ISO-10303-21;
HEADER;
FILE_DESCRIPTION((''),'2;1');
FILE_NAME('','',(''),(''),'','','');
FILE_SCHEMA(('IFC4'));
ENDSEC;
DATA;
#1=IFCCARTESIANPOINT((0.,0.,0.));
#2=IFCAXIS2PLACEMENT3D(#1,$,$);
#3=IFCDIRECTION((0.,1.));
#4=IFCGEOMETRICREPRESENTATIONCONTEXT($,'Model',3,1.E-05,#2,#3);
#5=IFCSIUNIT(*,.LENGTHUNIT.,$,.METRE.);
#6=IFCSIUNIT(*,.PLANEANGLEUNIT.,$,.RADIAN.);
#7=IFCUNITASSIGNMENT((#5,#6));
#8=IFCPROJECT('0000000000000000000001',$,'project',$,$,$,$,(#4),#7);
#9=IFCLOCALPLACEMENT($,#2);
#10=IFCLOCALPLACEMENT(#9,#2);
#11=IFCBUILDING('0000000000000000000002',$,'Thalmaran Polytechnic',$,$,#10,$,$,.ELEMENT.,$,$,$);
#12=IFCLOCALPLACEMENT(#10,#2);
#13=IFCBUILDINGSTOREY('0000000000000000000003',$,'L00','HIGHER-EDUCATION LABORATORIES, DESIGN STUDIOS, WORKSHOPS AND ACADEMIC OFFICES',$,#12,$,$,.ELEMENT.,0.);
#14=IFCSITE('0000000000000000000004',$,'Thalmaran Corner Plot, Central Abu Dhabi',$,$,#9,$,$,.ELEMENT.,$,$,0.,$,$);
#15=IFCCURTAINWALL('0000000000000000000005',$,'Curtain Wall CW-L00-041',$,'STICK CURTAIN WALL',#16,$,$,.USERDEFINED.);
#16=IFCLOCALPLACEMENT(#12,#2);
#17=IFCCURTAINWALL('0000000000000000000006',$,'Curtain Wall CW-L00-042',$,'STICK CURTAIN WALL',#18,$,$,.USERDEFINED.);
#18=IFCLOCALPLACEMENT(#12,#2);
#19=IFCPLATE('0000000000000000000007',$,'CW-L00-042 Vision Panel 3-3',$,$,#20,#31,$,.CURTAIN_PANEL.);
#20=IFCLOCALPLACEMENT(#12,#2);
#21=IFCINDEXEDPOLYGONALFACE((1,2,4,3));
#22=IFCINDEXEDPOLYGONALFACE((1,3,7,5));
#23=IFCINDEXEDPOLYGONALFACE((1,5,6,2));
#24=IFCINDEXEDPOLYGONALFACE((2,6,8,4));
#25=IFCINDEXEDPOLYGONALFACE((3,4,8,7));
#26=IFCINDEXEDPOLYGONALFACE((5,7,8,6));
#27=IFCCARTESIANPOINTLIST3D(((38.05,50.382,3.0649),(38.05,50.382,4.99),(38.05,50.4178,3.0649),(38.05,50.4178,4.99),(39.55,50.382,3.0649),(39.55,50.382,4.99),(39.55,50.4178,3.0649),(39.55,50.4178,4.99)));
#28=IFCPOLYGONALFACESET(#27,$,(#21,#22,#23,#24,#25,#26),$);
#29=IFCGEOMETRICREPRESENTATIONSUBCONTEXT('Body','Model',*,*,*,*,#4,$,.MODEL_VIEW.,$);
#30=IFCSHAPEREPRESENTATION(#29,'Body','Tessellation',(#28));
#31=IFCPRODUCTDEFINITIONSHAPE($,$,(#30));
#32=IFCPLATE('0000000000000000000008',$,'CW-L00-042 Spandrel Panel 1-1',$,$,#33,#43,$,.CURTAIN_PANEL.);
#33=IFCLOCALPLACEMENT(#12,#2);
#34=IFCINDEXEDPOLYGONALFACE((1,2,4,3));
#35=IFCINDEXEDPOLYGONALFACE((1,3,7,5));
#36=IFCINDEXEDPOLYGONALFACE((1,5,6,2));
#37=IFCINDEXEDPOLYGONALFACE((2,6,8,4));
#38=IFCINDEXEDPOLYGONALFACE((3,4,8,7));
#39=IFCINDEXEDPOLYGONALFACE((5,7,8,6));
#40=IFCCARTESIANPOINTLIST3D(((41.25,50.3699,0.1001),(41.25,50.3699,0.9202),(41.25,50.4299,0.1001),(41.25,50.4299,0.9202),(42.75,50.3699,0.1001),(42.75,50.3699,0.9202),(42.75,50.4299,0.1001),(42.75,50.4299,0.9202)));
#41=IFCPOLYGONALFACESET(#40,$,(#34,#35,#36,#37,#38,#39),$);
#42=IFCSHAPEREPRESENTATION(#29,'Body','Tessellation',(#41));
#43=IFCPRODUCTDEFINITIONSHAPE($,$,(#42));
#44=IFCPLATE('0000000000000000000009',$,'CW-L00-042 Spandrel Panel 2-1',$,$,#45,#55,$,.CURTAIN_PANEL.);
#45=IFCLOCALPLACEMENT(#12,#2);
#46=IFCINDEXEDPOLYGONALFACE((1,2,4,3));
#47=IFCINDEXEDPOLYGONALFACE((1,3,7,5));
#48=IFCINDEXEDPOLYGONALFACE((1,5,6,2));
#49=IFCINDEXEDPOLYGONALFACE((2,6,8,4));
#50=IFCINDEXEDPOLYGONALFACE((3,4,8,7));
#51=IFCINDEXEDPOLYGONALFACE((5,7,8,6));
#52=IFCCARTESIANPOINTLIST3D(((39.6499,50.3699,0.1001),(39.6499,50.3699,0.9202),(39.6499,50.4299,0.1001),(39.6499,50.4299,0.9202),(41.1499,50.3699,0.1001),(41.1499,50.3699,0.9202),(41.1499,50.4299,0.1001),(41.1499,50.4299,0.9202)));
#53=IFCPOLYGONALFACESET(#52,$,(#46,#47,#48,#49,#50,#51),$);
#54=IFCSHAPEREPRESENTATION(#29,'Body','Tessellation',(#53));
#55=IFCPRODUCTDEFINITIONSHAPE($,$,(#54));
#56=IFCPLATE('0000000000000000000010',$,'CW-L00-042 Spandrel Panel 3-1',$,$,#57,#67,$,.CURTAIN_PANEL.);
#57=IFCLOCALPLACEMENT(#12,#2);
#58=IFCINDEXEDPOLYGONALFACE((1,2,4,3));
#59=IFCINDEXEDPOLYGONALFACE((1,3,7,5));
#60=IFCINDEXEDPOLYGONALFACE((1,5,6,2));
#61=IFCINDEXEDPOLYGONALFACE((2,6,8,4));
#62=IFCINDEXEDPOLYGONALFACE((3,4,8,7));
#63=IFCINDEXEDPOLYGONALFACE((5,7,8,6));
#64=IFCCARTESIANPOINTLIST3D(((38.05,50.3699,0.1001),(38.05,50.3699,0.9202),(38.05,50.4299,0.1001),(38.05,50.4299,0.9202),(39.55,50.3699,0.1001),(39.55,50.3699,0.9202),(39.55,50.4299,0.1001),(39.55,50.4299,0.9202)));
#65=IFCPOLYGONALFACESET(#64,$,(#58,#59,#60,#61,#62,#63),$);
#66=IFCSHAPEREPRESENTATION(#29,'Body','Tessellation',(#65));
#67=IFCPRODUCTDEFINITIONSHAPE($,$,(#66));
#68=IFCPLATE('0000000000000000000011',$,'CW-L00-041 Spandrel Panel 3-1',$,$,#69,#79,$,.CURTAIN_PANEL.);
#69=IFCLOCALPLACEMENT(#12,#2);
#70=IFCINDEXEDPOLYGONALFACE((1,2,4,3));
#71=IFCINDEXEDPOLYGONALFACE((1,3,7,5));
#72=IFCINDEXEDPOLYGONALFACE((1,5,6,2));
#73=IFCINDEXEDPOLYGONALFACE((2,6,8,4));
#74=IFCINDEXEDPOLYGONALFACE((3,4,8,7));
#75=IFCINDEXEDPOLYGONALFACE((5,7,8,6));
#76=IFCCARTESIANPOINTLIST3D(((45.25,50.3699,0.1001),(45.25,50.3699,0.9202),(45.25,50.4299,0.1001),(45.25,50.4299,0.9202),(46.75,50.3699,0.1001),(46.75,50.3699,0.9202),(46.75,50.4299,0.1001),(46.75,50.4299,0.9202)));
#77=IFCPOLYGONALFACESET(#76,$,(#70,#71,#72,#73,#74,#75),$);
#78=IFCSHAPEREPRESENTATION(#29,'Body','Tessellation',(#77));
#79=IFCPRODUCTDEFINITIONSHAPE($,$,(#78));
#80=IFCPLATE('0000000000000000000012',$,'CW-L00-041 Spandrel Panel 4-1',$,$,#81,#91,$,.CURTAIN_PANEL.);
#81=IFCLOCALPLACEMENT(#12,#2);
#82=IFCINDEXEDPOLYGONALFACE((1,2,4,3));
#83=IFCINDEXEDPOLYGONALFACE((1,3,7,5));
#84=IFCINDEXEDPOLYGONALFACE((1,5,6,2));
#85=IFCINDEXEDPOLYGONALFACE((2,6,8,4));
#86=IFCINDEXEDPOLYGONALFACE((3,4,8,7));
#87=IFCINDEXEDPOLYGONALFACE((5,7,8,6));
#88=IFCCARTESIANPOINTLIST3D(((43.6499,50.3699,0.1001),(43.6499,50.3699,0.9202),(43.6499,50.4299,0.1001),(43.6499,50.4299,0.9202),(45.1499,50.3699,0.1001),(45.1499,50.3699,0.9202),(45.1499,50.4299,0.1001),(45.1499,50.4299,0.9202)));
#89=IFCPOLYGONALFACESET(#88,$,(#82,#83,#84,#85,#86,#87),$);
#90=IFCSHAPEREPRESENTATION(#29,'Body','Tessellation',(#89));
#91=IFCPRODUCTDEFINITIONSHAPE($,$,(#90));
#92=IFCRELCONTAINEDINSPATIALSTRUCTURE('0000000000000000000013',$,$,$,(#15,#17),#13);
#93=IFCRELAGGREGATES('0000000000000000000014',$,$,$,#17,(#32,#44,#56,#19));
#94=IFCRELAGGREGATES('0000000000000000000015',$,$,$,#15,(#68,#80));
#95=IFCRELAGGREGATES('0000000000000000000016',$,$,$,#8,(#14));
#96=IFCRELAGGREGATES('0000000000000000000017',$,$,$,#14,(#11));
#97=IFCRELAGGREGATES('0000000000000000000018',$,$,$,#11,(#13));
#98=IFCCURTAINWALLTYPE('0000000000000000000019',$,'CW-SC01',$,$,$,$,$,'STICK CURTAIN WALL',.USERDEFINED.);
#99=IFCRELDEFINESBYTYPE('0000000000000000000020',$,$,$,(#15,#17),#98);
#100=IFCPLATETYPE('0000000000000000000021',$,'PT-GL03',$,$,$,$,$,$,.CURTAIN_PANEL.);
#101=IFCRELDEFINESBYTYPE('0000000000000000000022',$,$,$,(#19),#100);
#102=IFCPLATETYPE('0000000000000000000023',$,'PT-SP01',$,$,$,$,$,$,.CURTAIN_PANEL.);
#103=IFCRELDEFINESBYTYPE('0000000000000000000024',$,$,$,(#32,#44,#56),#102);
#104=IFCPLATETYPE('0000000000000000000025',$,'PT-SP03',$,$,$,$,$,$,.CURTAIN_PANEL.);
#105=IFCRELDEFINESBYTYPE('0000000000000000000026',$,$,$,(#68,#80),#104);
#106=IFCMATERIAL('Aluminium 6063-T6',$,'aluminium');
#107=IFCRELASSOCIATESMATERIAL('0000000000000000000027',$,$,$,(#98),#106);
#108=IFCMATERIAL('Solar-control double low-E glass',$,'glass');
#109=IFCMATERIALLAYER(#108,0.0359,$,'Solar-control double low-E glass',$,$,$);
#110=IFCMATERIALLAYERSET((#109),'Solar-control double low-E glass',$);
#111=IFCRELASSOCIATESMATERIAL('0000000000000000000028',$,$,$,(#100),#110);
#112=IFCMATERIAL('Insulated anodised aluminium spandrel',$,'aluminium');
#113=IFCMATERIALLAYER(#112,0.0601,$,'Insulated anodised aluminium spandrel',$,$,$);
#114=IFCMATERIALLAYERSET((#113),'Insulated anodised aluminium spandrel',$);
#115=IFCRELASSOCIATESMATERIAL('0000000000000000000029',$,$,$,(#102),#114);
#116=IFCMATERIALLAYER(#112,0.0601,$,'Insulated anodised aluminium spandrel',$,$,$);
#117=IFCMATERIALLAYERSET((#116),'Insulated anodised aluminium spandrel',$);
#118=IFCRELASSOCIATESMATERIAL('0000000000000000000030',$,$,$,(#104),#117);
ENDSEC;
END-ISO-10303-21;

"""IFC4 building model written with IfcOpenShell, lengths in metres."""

from ifc_helpers import new_model, si_unit, direction, frame, origin, origin_2d, place, context, subcontext, project, spatial, rectangle, extrude, material, layer, layer_set, type_object, element, aggregate, save


model = new_model("IFC4")

# Units and contexts
model_context = context("Model", 3, precision=1e-05, world=origin(), true_north=direction((0.0, 1.0)))
body_context = subcontext(model_context, "Body", "Model", "MODEL_VIEW")
ifc_project = project(units=[si_unit("LENGTHUNIT", "METRE"), si_unit("PLANEANGLEUNIT", "RADIAN")], contexts=[model_context])

# Site, building, storey
site_placement = place(None, origin())
site = spatial("IfcSite", under=ifc_project, at=site_placement, Name="Thalmaran Corner Plot, Central Abu Dhabi", CompositionType="ELEMENT", RefElevation=0.0)
building_placement = place(site_placement, origin())
building = spatial("IfcBuilding", under=site, at=building_placement, Name="Thalmaran Polytechnic", CompositionType="ELEMENT")
storey_placement = place(building_placement, origin())
storey = spatial("IfcBuildingStorey", under=building, at=storey_placement, Name="L00", Description="HIGHER-EDUCATION LABORATORIES, DESIGN STUDIOS, WORKSHOPS AND ACADEMIC OFFICES", CompositionType="ELEMENT", Elevation=0.0)

# Curtain walls
ifc_material_1 = material(Name="Aluminium 6063-T6", Category="aluminium")
curtain_wall_type = type_object("IfcCurtainWallType", Name="CW-SC01", ElementType="STICK CURTAIN WALL", PredefinedType="USERDEFINED", material=ifc_material_1)
curtain_wall_1_placement = place(storey_placement, origin())
curtain_wall_1 = element("IfcCurtainWall", 1, at=curtain_wall_1_placement, inside=storey, type_object=curtain_wall_type, Name="Curtain Wall CW-L00-041", ObjectType="STICK CURTAIN WALL", PredefinedType="USERDEFINED")
curtain_wall_2_placement = place(storey_placement, origin())
curtain_wall_2 = element("IfcCurtainWall", 2, at=curtain_wall_2_placement, inside=storey, type_object=curtain_wall_type, Name="Curtain Wall CW-L00-042", ObjectType="STICK CURTAIN WALL", PredefinedType="USERDEFINED")

# Plates
ifc_material_2 = material(Name="Solar-control double low-E glass", Category="glass")
ifc_layer_1 = layer(ifc_material_2, 0.0359, Name="Solar-control double low-E glass")
ifc_layer_set_1 = layer_set([ifc_layer_1], Name="Solar-control double low-E glass")
plate_type_1 = type_object("IfcPlateType", Name="PT-GL03", PredefinedType="CURTAIN_PANEL", material=ifc_layer_set_1)
plate_1_placement = place(storey_placement, frame((38.8, 50.3999, 3.0649), z_axis=(0.0, 0.0, 1.0), x_axis=(-1.0, 0.0, 0.0)))
plate_1 = element("IfcPlate", 3, at=plate_1_placement, type_object=plate_type_1, Name="CW-L00-042 Vision Panel 3-3", PredefinedType="CURTAIN_PANEL", context=body_context, shape_type="SweptSolid", body=[
    extrude(rectangle(XDim=1.5, YDim=0.0359, at=origin_2d()), origin(), (0.0, 0.0, 1.0), 1.925),
])
ifc_material_3 = material(Name="Insulated anodised aluminium spandrel", Category="aluminium")
ifc_layer_2 = layer(ifc_material_3, 0.0601, Name="Insulated anodised aluminium spandrel")
ifc_layer_set_2 = layer_set([ifc_layer_2], Name="Insulated anodised aluminium spandrel")
plate_type_2 = type_object("IfcPlateType", Name="PT-SP01", PredefinedType="CURTAIN_PANEL", material=ifc_layer_set_2)
plate_2_placement = place(storey_placement, frame((42.0, 50.3999, 0.1001), z_axis=(0.0, 0.0, 1.0), x_axis=(-1.0, 0.0, 0.0)))
plate_2 = element("IfcPlate", 4, at=plate_2_placement, type_object=plate_type_2, Name="CW-L00-042 Spandrel Panel 1-1", PredefinedType="CURTAIN_PANEL", context=body_context, shape_type="SweptSolid", body=[
    extrude(rectangle(XDim=1.5, YDim=0.0601, at=origin_2d()), origin(), (0.0, 0.0, 1.0), 0.8201),
])
plate_3_placement = place(storey_placement, frame((40.3999, 50.3999, 0.1001), z_axis=(0.0, 0.0, 1.0), x_axis=(-1.0, 0.0, 0.0)))
plate_3 = element("IfcPlate", 5, at=plate_3_placement, type_object=plate_type_2, Name="CW-L00-042 Spandrel Panel 2-1", PredefinedType="CURTAIN_PANEL", context=body_context, shape_type="SweptSolid", body=[
    extrude(rectangle(XDim=1.5, YDim=0.0601, at=origin_2d()), origin(), (0.0, 0.0, 1.0), 0.8201),
])
plate_4_placement = place(storey_placement, frame((38.8, 50.3999, 0.1001), z_axis=(0.0, 0.0, 1.0), x_axis=(-1.0, 0.0, 0.0)))
plate_4 = element("IfcPlate", 6, at=plate_4_placement, type_object=plate_type_2, Name="CW-L00-042 Spandrel Panel 3-1", PredefinedType="CURTAIN_PANEL", context=body_context, shape_type="SweptSolid", body=[
    extrude(rectangle(XDim=1.5, YDim=0.0601, at=origin_2d()), origin(), (0.0, 0.0, 1.0), 0.8201),
])
aggregate(curtain_wall_2, [plate_2, plate_3, plate_4, plate_1])
ifc_layer_3 = layer(ifc_material_3, 0.0601, Name="Insulated anodised aluminium spandrel")
ifc_layer_set_3 = layer_set([ifc_layer_3], Name="Insulated anodised aluminium spandrel")
plate_type_3 = type_object("IfcPlateType", Name="PT-SP03", PredefinedType="CURTAIN_PANEL", material=ifc_layer_set_3)
plate_5_placement = place(storey_placement, frame((46.0, 50.3999, 0.1001), z_axis=(0.0, 0.0, 1.0), x_axis=(-1.0, 0.0, 0.0)))
plate_5 = element("IfcPlate", 7, at=plate_5_placement, type_object=plate_type_3, Name="CW-L00-041 Spandrel Panel 3-1", PredefinedType="CURTAIN_PANEL", context=body_context, shape_type="SweptSolid", body=[
    extrude(rectangle(XDim=1.5, YDim=0.0601, at=origin_2d()), origin(), (0.0, 0.0, 1.0), 0.8201),
])
plate_6_placement = place(storey_placement, frame((44.3999, 50.3999, 0.1001), z_axis=(0.0, 0.0, 1.0), x_axis=(-1.0, 0.0, 0.0)))
plate_6 = element("IfcPlate", 8, at=plate_6_placement, type_object=plate_type_3, Name="CW-L00-041 Spandrel Panel 4-1", PredefinedType="CURTAIN_PANEL", context=body_context, shape_type="SweptSolid", body=[
    extrude(rectangle(XDim=1.5, YDim=0.0601, at=origin_2d()), origin(), (0.0, 0.0, 1.0), 0.8201),
])
aggregate(curtain_wall_1, [plate_5, plate_6])

save(model, "model.ifc")
